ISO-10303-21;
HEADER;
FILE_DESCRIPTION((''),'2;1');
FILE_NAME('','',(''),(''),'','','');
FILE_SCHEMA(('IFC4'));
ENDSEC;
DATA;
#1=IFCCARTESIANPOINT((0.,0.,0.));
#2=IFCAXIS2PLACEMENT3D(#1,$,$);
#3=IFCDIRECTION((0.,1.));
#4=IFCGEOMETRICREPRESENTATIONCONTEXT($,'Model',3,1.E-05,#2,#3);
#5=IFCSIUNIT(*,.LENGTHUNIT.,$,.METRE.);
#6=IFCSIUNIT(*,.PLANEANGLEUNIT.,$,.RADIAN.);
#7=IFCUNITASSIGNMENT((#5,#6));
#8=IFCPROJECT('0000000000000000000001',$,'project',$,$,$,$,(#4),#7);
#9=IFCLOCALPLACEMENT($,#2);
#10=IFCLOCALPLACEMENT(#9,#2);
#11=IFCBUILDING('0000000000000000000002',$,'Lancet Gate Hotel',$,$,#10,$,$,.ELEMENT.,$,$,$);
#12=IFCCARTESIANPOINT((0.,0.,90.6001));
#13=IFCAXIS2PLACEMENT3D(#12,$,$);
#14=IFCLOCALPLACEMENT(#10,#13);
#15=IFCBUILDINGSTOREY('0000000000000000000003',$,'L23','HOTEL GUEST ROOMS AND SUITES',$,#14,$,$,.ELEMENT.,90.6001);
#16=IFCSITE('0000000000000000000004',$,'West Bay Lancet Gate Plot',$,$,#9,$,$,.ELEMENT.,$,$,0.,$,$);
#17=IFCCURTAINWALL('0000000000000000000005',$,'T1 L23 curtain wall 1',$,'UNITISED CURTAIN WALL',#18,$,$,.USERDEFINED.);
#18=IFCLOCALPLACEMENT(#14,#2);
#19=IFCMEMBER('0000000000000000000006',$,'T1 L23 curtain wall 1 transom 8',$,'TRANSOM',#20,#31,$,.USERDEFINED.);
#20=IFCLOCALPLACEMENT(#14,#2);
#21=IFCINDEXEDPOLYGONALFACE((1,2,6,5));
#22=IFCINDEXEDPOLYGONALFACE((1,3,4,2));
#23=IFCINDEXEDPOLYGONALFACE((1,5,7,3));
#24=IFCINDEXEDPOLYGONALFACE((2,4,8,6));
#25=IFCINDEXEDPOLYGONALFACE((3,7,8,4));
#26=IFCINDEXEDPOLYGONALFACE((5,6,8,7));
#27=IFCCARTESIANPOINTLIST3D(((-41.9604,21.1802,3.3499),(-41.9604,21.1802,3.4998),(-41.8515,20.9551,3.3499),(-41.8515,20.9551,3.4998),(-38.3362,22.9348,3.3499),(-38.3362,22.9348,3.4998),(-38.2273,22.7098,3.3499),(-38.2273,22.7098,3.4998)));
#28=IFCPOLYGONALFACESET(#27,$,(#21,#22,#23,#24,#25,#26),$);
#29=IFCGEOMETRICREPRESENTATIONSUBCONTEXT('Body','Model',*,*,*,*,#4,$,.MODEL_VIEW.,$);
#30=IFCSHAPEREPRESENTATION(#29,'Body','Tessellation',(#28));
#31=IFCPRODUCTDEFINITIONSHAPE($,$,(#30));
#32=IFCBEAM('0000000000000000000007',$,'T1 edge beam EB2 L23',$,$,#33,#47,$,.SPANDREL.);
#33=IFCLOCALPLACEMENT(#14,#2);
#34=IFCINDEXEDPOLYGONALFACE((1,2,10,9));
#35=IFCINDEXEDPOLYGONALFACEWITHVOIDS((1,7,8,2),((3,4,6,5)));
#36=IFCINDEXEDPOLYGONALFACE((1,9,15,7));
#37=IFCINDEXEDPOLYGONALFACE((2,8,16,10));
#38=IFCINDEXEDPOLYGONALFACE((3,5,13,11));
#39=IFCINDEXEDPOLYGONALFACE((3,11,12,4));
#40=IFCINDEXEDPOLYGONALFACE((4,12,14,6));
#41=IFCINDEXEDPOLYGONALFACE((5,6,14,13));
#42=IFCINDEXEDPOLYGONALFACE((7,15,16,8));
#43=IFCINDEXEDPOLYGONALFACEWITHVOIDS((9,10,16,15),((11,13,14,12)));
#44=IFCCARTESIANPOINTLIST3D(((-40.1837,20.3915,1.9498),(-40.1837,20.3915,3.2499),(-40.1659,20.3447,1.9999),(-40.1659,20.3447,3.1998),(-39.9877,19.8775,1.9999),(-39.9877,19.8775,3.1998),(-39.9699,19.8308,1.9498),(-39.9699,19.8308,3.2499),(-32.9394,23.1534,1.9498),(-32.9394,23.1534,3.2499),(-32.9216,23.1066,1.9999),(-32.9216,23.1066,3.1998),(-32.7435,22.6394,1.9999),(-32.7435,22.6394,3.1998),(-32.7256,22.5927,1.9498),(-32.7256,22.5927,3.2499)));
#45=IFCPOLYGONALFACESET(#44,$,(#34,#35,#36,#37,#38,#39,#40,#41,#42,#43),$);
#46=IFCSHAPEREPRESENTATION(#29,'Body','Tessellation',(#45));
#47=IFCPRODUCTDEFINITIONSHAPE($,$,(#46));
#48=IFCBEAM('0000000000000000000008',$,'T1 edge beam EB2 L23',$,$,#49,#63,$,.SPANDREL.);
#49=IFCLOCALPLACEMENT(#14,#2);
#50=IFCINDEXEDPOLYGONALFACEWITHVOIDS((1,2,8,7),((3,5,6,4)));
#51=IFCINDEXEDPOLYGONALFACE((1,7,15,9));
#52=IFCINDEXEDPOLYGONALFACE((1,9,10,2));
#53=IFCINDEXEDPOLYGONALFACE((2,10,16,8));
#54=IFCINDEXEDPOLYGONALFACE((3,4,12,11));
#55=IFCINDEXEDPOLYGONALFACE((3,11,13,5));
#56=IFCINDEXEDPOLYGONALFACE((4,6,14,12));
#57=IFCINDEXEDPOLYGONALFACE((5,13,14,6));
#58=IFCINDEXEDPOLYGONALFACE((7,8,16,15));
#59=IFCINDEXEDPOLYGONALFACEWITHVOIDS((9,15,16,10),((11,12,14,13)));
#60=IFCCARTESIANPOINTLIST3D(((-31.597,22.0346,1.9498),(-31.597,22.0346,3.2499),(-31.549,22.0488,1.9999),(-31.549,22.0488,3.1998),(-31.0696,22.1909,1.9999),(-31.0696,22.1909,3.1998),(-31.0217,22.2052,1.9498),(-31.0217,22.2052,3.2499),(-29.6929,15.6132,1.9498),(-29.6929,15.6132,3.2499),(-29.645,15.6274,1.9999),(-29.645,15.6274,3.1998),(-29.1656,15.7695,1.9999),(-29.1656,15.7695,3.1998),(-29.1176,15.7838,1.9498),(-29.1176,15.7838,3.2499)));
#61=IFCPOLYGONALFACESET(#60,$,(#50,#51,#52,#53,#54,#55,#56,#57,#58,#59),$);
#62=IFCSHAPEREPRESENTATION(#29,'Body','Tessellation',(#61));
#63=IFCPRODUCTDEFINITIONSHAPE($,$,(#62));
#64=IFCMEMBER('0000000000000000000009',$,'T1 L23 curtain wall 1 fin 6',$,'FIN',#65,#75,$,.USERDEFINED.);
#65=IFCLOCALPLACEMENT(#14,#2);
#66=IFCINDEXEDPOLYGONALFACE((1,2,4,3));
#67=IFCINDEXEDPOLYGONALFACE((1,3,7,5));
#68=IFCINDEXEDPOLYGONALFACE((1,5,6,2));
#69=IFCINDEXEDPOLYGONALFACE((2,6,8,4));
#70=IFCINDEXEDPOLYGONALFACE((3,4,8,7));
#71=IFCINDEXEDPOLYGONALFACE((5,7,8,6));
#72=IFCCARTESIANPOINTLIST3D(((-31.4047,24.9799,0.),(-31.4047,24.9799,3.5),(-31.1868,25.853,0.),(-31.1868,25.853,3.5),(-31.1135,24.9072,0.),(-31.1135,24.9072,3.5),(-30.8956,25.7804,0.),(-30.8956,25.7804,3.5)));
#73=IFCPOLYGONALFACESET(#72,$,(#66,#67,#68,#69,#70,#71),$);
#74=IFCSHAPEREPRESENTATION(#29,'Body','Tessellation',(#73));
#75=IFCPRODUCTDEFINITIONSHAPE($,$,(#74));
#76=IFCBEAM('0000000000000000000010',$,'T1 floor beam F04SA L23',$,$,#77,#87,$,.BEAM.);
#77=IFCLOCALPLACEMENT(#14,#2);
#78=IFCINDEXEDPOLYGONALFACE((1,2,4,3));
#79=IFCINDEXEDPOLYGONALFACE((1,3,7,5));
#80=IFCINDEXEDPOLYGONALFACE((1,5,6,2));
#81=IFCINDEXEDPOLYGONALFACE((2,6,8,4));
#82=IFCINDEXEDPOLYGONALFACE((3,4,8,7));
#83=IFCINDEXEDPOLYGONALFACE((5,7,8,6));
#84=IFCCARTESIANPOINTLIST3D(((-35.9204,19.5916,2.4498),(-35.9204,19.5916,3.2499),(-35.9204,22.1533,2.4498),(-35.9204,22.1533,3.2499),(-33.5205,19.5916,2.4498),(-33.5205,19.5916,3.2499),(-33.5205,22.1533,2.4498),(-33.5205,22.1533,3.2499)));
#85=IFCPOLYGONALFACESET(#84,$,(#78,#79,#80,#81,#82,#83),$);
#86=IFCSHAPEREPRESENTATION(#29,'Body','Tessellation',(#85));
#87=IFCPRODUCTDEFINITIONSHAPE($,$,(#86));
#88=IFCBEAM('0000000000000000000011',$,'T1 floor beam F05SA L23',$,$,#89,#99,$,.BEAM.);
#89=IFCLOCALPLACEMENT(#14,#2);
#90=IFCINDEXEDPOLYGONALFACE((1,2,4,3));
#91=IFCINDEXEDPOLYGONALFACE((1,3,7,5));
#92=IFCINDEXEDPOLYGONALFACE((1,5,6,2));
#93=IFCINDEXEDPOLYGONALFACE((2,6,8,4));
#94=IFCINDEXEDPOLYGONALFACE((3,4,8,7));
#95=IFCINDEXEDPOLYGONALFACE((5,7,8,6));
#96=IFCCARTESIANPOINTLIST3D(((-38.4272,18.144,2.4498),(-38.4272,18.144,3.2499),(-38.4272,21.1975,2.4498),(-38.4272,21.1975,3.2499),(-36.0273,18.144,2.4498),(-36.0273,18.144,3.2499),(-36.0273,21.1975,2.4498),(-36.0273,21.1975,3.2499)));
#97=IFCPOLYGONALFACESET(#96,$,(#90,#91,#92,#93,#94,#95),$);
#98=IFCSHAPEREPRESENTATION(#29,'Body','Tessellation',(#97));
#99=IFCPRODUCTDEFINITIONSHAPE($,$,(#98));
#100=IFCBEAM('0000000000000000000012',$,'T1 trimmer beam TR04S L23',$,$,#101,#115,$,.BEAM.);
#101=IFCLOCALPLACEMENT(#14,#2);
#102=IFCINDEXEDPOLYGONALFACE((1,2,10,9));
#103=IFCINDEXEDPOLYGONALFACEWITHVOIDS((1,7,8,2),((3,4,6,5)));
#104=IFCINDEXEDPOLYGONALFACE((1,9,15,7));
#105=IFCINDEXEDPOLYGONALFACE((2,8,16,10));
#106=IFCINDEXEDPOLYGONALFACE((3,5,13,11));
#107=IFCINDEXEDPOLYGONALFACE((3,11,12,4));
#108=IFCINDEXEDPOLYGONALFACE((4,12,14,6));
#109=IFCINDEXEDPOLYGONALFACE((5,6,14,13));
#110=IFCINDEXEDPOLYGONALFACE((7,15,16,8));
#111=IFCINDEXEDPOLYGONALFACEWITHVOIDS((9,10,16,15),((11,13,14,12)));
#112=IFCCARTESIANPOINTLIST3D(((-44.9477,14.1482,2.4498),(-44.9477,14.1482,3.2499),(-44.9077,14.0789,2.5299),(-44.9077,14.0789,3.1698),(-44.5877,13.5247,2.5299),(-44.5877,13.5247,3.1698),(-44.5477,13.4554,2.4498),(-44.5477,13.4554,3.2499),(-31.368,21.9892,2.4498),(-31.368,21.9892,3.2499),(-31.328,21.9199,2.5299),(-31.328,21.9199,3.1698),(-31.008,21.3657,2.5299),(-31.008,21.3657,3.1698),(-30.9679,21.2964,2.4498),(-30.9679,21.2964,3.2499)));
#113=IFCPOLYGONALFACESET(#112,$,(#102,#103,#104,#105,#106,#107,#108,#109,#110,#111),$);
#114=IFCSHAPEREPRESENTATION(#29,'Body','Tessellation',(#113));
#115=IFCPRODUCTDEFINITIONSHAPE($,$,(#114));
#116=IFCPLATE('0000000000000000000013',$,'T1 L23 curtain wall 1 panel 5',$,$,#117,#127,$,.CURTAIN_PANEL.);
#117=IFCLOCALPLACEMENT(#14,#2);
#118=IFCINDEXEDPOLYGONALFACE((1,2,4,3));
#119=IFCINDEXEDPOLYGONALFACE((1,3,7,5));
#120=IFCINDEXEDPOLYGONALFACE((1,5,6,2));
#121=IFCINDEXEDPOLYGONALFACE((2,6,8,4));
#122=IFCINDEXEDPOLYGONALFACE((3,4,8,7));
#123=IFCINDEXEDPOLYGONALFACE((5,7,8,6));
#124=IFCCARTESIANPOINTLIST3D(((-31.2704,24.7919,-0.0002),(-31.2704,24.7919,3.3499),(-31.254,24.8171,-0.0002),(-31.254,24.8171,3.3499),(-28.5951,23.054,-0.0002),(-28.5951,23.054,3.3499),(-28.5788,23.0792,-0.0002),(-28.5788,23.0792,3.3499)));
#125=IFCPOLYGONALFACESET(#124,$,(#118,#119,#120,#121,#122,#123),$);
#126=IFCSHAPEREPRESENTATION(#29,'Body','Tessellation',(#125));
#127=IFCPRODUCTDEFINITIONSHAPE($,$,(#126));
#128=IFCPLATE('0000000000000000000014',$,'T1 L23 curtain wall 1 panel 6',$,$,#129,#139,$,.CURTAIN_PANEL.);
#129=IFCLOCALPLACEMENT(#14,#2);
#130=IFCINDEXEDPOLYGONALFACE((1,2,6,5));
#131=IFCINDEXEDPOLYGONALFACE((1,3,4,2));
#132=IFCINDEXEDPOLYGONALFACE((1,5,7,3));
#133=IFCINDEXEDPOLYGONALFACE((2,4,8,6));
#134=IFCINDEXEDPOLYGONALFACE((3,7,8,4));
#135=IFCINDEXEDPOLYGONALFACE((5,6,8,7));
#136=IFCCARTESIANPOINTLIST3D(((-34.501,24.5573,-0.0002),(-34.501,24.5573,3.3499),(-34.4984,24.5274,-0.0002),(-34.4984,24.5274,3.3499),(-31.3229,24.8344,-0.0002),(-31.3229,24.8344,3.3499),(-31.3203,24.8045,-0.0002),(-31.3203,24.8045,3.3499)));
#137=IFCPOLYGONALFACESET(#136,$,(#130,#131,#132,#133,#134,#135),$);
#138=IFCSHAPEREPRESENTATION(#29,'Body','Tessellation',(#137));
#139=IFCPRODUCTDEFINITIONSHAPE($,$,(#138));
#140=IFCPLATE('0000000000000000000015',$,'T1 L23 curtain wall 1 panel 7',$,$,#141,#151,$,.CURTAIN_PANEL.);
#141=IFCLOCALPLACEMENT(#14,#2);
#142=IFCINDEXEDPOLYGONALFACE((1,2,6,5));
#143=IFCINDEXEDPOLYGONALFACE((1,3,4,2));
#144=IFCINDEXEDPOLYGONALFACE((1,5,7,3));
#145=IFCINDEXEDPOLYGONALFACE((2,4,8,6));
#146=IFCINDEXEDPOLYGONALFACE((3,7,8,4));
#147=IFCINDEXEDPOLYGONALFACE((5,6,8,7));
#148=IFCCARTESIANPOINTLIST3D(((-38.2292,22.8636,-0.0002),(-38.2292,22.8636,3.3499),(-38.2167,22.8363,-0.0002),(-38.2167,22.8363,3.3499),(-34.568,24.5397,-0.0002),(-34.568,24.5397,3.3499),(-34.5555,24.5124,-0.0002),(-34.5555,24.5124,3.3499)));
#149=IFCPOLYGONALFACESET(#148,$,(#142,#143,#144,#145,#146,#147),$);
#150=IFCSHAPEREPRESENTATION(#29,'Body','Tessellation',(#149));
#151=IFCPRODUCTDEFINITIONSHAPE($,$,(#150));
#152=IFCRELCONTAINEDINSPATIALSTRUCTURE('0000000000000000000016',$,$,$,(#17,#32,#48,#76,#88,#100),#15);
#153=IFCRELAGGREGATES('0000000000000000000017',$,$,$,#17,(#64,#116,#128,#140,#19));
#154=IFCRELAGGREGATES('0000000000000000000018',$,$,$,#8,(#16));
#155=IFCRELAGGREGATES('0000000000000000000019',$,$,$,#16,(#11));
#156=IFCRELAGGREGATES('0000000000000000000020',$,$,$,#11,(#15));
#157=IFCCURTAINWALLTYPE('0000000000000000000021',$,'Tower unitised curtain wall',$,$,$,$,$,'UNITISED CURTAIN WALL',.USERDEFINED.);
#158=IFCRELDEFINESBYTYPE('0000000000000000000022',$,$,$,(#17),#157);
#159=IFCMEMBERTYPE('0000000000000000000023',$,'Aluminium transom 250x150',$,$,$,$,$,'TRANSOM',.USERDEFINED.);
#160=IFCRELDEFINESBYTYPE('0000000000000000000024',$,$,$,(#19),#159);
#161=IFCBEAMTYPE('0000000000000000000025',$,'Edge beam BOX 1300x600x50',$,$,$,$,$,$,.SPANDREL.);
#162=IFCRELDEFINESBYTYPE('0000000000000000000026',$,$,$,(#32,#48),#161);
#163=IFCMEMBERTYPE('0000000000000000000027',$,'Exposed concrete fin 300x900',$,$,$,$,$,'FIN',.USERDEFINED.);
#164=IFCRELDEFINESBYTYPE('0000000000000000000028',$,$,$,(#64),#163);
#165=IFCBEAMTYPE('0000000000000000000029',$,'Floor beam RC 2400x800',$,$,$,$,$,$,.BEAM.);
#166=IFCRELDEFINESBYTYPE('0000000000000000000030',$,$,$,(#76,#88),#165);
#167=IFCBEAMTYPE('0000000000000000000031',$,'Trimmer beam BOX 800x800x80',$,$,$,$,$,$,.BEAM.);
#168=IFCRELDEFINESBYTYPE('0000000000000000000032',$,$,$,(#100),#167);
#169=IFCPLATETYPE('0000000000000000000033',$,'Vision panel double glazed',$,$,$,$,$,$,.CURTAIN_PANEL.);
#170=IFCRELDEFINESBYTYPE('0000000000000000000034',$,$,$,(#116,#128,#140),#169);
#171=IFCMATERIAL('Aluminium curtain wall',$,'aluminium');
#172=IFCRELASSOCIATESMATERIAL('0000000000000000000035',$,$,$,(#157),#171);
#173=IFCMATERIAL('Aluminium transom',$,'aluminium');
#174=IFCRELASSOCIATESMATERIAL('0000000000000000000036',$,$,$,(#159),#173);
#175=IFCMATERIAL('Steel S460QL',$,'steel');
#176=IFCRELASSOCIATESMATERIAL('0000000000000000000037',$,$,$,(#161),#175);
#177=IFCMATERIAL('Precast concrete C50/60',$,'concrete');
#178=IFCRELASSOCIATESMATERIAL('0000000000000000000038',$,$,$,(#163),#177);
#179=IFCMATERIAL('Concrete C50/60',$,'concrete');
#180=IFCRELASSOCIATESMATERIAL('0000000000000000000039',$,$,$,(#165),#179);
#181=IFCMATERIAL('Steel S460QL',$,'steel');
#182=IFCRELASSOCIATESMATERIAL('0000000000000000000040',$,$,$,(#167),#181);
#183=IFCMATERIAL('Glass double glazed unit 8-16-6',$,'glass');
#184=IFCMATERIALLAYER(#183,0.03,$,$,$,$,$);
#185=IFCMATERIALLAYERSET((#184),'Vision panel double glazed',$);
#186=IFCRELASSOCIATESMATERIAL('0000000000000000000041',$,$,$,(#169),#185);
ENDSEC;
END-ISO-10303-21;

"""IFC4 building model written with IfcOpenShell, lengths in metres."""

from ifc_helpers import new_model, si_unit, direction, frame, origin, origin_2d, place, context, subcontext, project, spatial, rectangle, hollow_rectangle, extrude, material, layer, layer_set, material_profile, profile_set, type_object, element, aggregate, save


model = new_model("IFC4")

# Units and contexts
model_context = context("Model", 3, precision=1e-05, world=origin(), true_north=direction((0.0, 1.0)))
body_context = subcontext(model_context, "Body", "Model", "MODEL_VIEW")
ifc_project = project(units=[si_unit("LENGTHUNIT", "METRE"), si_unit("PLANEANGLEUNIT", "RADIAN")], contexts=[model_context])

# Site, building, storey
site_placement = place(None, origin())
site = spatial("IfcSite", under=ifc_project, at=site_placement, Name="West Bay Lancet Gate Plot", CompositionType="ELEMENT", RefElevation=0.0)
building_placement = place(site_placement, origin())
building = spatial("IfcBuilding", under=site, at=building_placement, Name="Lancet Gate Hotel", CompositionType="ELEMENT")
storey_placement = place(building_placement, frame((0.0, 0.0, 90.6001)))
storey = spatial("IfcBuildingStorey", under=building, at=storey_placement, Name="L23", Description="HOTEL GUEST ROOMS AND SUITES", CompositionType="ELEMENT", Elevation=90.6001)

# Curtain wall, member
ifc_material_1 = material(Name="Aluminium curtain wall", Category="aluminium")
curtain_wall_type = type_object("IfcCurtainWallType", Name="Tower unitised curtain wall", ElementType="UNITISED CURTAIN WALL", PredefinedType="USERDEFINED", material=ifc_material_1)
curtain_wall_placement = place(storey_placement, origin())
curtain_wall = element("IfcCurtainWall", 1, at=curtain_wall_placement, inside=storey, type_object=curtain_wall_type, Name="T1 L23 curtain wall 1", ObjectType="UNITISED CURTAIN WALL", PredefinedType="USERDEFINED")
ifc_material_2 = material(Name="Aluminium transom", Category="aluminium")
ifc_material_profile_1 = material_profile(ifc_material_2, rectangle(XDim=0.25, YDim=0.1499, at=origin_2d()), Name="TRANSOM 250x150")
ifc_profile_set_1 = profile_set([ifc_material_profile_1], Name="Aluminium transom")
member_type_1 = type_object("IfcMemberType", Name="Aluminium transom 250x150", ElementType="TRANSOM", PredefinedType="USERDEFINED", material=ifc_profile_set_1)
member_1_placement = place(storey_placement, frame((-38.2817, 22.8223, 3.4248), z_axis=(-0.900066, -0.435754, 0.0), x_axis=(0.435754, -0.900066, 0.0)))
member_1 = element("IfcMember", 2, at=member_1_placement, type_object=member_type_1, Name="T1 L23 curtain wall 1 transom 8", ObjectType="TRANSOM", PredefinedType="USERDEFINED", context=body_context, shape_type="SweptSolid", body=[
    extrude(rectangle(XDim=0.25, YDim=0.1499, at=origin_2d()), origin(), (0.0, 0.0, 1.0), 4.0266),
])

# Beams
ifc_material_3 = material(Name="Steel S460QL", Category="steel")
ifc_material_profile_2 = material_profile(ifc_material_3, hollow_rectangle(XDim=0.6001, YDim=1.3, WallThickness=0.05, at=origin_2d()), Name="BOX 1300x600x50")
ifc_profile_set_2 = profile_set([ifc_material_profile_2], Name="Steel S460QL")
beam_type_1 = type_object("IfcBeamType", Name="Edge beam BOX 1300x600x50", PredefinedType="SPANDREL", material=ifc_profile_set_2)
beam_1_placement = place(storey_placement, frame((-32.8325, 22.873, 2.5999), z_axis=(-0.934393, -0.356243, 0.0), x_axis=(0.356243, -0.934393, 0.0)))
element("IfcBeam", 3, at=beam_1_placement, inside=storey, type_object=beam_type_1, Name="T1 edge beam EB2 L23", PredefinedType="SPANDREL", context=body_context, shape_type="SweptSolid", body=[
    extrude(hollow_rectangle(XDim=0.6001, YDim=1.3, WallThickness=0.05, at=origin_2d()), origin(), (0.0, 0.0, 1.0), 7.7529),
])
beam_2_placement = place(storey_placement, frame((-31.3093, 22.1199, 2.5999), z_axis=(0.284283, -0.95874, 0.0), x_axis=(0.95874, 0.284283, 0.0)))
element("IfcBeam", 4, at=beam_2_placement, inside=storey, type_object=beam_type_1, Name="T1 edge beam EB2 L23", PredefinedType="SPANDREL", context=body_context, shape_type="SweptSolid", body=[
    extrude(hollow_rectangle(XDim=0.6001, YDim=1.3, WallThickness=0.05, at=origin_2d()), origin(), (0.0, 0.0, 1.0), 6.6978),
])

# Member
ifc_material_4 = material(Name="Precast concrete C50/60", Category="concrete")
ifc_material_profile_3 = material_profile(ifc_material_4, rectangle(XDim=0.3, YDim=0.8999, at=origin_2d()), Name="FIN 300x900")
ifc_profile_set_3 = profile_set([ifc_material_profile_3], Name="Precast concrete C50/60")
member_type_2 = type_object("IfcMemberType", Name="Exposed concrete fin 300x900", ElementType="FIN", PredefinedType="USERDEFINED", material=ifc_profile_set_3)
member_2_placement = place(storey_placement, frame((-31.1501, 25.3801, 0.0), z_axis=(0.0, 0.0, 1.0), x_axis=(-0.970242, 0.242137, 0.0)))
member_2 = element("IfcMember", 5, at=member_2_placement, type_object=member_type_2, Name="T1 L23 curtain wall 1 fin 6", ObjectType="FIN", PredefinedType="USERDEFINED", context=body_context, shape_type="SweptSolid", body=[
    extrude(rectangle(XDim=0.3, YDim=0.8999, at=origin_2d()), origin(), (0.0, 0.0, 1.0), 3.5),
])

# Beams
ifc_material_5 = material(Name="Concrete C50/60", Category="concrete")
ifc_material_profile_4 = material_profile(ifc_material_5, rectangle(XDim=2.3999, YDim=0.8, at=origin_2d()), Name="RC 2400x800")
ifc_profile_set_4 = profile_set([ifc_material_profile_4], Name="Concrete C50/60")
beam_type_2 = type_object("IfcBeamType", Name="Floor beam RC 2400x800", PredefinedType="BEAM", material=ifc_profile_set_4)
beam_3_placement = place(storey_placement, frame((-34.7205, 22.1533, 2.8499), z_axis=(0.0, -1.0, 0.0), x_axis=(1.0, 0.0, 0.0)))
element("IfcBeam", 6, at=beam_3_placement, inside=storey, type_object=beam_type_2, Name="T1 floor beam F04SA L23", PredefinedType="BEAM", context=body_context, shape_type="SweptSolid", body=[
    extrude(rectangle(XDim=2.3999, YDim=0.8, at=origin_2d()), origin(), (0.0, 0.0, 1.0), 2.5618),
])
beam_4_placement = place(storey_placement, frame((-37.2273, 21.1975, 2.8499), z_axis=(0.0, -1.0, 0.0), x_axis=(1.0, 0.0, 0.0)))
element("IfcBeam", 7, at=beam_4_placement, inside=storey, type_object=beam_type_2, Name="T1 floor beam F05SA L23", PredefinedType="BEAM", context=body_context, shape_type="SweptSolid", body=[
    extrude(rectangle(XDim=2.3999, YDim=0.8, at=origin_2d()), origin(), (0.0, 0.0, 1.0), 3.0535),
])
ifc_material_6 = material(Name="Steel S460QL", Category="steel")
ifc_material_profile_5 = material_profile(ifc_material_6, hollow_rectangle(XDim=0.8, YDim=0.8, WallThickness=0.0801, at=origin_2d()), Name="BOX 800x800x80")
ifc_profile_set_5 = profile_set([ifc_material_profile_5], Name="Steel S460QL")
beam_type_3 = type_object("IfcBeamType", Name="Trimmer beam BOX 800x800x80", PredefinedType="BEAM", material=ifc_profile_set_5)
beam_5_placement = place(storey_placement, frame((-31.168, 21.6428, 2.8499), z_axis=(-0.866005, -0.500036, 0.0), x_axis=(0.500036, -0.866005, 0.0)))
element("IfcBeam", 8, at=beam_5_placement, inside=storey, type_object=beam_type_3, Name="T1 trimmer beam TR04S L23", PredefinedType="BEAM", context=body_context, shape_type="SweptSolid", body=[
    extrude(hollow_rectangle(XDim=0.8, YDim=0.8, WallThickness=0.0801, at=origin_2d()), origin(), (0.0, 0.0, 1.0), 15.6809),
])

# Plates
ifc_material_7 = material(Name="Glass double glazed unit 8-16-6", Category="glass")
ifc_layer = layer(ifc_material_7, 0.03)
ifc_layer_set = layer_set([ifc_layer], Name="Vision panel double glazed")
plate_type = type_object("IfcPlateType", Name="Vision panel double glazed", PredefinedType="CURTAIN_PANEL", material=ifc_layer_set)
plate_1_placement = place(storey_placement, frame((-29.9246, 23.9355, -0.0002), z_axis=(0.0, 0.0, 1.0), x_axis=(-0.83858, 0.544778, 0.0)))
plate_1 = element("IfcPlate", 9, at=plate_1_placement, type_object=plate_type, Name="T1 L23 curtain wall 1 panel 5", PredefinedType="CURTAIN_PANEL", context=body_context, shape_type="SweptSolid", body=[
    extrude(rectangle(XDim=3.1902, YDim=0.03, at=origin_2d()), origin(), (0.0, 0.0, 1.0), 3.3501),
])
plate_2_placement = place(storey_placement, frame((-32.9106, 24.6809, -0.0002), z_axis=(0.0, 0.0, 1.0), x_axis=(-0.996219, -0.08688, 0.0)))
plate_2 = element("IfcPlate", 10, at=plate_2_placement, type_object=plate_type, Name="T1 L23 curtain wall 1 panel 6", PredefinedType="CURTAIN_PANEL", context=body_context, shape_type="SweptSolid", body=[
    extrude(rectangle(XDim=3.1902, YDim=0.03, at=origin_2d()), origin(), (0.0, 0.0, 1.0), 3.3501),
])
plate_3_placement = place(storey_placement, frame((-36.3923, 23.688, -0.0002), z_axis=(0.0, 0.0, 1.0), x_axis=(-0.909253, -0.416245, 0.0)))
plate_3 = element("IfcPlate", 11, at=plate_3_placement, type_object=plate_type, Name="T1 L23 curtain wall 1 panel 7", PredefinedType="CURTAIN_PANEL", context=body_context, shape_type="SweptSolid", body=[
    extrude(rectangle(XDim=4.0266, YDim=0.03, at=origin_2d()), origin(), (0.0, 0.0, 1.0), 3.3501),
])
aggregate(curtain_wall, [member_2, plate_1, plate_2, plate_3, member_1])

save(model, "model.ifc")
